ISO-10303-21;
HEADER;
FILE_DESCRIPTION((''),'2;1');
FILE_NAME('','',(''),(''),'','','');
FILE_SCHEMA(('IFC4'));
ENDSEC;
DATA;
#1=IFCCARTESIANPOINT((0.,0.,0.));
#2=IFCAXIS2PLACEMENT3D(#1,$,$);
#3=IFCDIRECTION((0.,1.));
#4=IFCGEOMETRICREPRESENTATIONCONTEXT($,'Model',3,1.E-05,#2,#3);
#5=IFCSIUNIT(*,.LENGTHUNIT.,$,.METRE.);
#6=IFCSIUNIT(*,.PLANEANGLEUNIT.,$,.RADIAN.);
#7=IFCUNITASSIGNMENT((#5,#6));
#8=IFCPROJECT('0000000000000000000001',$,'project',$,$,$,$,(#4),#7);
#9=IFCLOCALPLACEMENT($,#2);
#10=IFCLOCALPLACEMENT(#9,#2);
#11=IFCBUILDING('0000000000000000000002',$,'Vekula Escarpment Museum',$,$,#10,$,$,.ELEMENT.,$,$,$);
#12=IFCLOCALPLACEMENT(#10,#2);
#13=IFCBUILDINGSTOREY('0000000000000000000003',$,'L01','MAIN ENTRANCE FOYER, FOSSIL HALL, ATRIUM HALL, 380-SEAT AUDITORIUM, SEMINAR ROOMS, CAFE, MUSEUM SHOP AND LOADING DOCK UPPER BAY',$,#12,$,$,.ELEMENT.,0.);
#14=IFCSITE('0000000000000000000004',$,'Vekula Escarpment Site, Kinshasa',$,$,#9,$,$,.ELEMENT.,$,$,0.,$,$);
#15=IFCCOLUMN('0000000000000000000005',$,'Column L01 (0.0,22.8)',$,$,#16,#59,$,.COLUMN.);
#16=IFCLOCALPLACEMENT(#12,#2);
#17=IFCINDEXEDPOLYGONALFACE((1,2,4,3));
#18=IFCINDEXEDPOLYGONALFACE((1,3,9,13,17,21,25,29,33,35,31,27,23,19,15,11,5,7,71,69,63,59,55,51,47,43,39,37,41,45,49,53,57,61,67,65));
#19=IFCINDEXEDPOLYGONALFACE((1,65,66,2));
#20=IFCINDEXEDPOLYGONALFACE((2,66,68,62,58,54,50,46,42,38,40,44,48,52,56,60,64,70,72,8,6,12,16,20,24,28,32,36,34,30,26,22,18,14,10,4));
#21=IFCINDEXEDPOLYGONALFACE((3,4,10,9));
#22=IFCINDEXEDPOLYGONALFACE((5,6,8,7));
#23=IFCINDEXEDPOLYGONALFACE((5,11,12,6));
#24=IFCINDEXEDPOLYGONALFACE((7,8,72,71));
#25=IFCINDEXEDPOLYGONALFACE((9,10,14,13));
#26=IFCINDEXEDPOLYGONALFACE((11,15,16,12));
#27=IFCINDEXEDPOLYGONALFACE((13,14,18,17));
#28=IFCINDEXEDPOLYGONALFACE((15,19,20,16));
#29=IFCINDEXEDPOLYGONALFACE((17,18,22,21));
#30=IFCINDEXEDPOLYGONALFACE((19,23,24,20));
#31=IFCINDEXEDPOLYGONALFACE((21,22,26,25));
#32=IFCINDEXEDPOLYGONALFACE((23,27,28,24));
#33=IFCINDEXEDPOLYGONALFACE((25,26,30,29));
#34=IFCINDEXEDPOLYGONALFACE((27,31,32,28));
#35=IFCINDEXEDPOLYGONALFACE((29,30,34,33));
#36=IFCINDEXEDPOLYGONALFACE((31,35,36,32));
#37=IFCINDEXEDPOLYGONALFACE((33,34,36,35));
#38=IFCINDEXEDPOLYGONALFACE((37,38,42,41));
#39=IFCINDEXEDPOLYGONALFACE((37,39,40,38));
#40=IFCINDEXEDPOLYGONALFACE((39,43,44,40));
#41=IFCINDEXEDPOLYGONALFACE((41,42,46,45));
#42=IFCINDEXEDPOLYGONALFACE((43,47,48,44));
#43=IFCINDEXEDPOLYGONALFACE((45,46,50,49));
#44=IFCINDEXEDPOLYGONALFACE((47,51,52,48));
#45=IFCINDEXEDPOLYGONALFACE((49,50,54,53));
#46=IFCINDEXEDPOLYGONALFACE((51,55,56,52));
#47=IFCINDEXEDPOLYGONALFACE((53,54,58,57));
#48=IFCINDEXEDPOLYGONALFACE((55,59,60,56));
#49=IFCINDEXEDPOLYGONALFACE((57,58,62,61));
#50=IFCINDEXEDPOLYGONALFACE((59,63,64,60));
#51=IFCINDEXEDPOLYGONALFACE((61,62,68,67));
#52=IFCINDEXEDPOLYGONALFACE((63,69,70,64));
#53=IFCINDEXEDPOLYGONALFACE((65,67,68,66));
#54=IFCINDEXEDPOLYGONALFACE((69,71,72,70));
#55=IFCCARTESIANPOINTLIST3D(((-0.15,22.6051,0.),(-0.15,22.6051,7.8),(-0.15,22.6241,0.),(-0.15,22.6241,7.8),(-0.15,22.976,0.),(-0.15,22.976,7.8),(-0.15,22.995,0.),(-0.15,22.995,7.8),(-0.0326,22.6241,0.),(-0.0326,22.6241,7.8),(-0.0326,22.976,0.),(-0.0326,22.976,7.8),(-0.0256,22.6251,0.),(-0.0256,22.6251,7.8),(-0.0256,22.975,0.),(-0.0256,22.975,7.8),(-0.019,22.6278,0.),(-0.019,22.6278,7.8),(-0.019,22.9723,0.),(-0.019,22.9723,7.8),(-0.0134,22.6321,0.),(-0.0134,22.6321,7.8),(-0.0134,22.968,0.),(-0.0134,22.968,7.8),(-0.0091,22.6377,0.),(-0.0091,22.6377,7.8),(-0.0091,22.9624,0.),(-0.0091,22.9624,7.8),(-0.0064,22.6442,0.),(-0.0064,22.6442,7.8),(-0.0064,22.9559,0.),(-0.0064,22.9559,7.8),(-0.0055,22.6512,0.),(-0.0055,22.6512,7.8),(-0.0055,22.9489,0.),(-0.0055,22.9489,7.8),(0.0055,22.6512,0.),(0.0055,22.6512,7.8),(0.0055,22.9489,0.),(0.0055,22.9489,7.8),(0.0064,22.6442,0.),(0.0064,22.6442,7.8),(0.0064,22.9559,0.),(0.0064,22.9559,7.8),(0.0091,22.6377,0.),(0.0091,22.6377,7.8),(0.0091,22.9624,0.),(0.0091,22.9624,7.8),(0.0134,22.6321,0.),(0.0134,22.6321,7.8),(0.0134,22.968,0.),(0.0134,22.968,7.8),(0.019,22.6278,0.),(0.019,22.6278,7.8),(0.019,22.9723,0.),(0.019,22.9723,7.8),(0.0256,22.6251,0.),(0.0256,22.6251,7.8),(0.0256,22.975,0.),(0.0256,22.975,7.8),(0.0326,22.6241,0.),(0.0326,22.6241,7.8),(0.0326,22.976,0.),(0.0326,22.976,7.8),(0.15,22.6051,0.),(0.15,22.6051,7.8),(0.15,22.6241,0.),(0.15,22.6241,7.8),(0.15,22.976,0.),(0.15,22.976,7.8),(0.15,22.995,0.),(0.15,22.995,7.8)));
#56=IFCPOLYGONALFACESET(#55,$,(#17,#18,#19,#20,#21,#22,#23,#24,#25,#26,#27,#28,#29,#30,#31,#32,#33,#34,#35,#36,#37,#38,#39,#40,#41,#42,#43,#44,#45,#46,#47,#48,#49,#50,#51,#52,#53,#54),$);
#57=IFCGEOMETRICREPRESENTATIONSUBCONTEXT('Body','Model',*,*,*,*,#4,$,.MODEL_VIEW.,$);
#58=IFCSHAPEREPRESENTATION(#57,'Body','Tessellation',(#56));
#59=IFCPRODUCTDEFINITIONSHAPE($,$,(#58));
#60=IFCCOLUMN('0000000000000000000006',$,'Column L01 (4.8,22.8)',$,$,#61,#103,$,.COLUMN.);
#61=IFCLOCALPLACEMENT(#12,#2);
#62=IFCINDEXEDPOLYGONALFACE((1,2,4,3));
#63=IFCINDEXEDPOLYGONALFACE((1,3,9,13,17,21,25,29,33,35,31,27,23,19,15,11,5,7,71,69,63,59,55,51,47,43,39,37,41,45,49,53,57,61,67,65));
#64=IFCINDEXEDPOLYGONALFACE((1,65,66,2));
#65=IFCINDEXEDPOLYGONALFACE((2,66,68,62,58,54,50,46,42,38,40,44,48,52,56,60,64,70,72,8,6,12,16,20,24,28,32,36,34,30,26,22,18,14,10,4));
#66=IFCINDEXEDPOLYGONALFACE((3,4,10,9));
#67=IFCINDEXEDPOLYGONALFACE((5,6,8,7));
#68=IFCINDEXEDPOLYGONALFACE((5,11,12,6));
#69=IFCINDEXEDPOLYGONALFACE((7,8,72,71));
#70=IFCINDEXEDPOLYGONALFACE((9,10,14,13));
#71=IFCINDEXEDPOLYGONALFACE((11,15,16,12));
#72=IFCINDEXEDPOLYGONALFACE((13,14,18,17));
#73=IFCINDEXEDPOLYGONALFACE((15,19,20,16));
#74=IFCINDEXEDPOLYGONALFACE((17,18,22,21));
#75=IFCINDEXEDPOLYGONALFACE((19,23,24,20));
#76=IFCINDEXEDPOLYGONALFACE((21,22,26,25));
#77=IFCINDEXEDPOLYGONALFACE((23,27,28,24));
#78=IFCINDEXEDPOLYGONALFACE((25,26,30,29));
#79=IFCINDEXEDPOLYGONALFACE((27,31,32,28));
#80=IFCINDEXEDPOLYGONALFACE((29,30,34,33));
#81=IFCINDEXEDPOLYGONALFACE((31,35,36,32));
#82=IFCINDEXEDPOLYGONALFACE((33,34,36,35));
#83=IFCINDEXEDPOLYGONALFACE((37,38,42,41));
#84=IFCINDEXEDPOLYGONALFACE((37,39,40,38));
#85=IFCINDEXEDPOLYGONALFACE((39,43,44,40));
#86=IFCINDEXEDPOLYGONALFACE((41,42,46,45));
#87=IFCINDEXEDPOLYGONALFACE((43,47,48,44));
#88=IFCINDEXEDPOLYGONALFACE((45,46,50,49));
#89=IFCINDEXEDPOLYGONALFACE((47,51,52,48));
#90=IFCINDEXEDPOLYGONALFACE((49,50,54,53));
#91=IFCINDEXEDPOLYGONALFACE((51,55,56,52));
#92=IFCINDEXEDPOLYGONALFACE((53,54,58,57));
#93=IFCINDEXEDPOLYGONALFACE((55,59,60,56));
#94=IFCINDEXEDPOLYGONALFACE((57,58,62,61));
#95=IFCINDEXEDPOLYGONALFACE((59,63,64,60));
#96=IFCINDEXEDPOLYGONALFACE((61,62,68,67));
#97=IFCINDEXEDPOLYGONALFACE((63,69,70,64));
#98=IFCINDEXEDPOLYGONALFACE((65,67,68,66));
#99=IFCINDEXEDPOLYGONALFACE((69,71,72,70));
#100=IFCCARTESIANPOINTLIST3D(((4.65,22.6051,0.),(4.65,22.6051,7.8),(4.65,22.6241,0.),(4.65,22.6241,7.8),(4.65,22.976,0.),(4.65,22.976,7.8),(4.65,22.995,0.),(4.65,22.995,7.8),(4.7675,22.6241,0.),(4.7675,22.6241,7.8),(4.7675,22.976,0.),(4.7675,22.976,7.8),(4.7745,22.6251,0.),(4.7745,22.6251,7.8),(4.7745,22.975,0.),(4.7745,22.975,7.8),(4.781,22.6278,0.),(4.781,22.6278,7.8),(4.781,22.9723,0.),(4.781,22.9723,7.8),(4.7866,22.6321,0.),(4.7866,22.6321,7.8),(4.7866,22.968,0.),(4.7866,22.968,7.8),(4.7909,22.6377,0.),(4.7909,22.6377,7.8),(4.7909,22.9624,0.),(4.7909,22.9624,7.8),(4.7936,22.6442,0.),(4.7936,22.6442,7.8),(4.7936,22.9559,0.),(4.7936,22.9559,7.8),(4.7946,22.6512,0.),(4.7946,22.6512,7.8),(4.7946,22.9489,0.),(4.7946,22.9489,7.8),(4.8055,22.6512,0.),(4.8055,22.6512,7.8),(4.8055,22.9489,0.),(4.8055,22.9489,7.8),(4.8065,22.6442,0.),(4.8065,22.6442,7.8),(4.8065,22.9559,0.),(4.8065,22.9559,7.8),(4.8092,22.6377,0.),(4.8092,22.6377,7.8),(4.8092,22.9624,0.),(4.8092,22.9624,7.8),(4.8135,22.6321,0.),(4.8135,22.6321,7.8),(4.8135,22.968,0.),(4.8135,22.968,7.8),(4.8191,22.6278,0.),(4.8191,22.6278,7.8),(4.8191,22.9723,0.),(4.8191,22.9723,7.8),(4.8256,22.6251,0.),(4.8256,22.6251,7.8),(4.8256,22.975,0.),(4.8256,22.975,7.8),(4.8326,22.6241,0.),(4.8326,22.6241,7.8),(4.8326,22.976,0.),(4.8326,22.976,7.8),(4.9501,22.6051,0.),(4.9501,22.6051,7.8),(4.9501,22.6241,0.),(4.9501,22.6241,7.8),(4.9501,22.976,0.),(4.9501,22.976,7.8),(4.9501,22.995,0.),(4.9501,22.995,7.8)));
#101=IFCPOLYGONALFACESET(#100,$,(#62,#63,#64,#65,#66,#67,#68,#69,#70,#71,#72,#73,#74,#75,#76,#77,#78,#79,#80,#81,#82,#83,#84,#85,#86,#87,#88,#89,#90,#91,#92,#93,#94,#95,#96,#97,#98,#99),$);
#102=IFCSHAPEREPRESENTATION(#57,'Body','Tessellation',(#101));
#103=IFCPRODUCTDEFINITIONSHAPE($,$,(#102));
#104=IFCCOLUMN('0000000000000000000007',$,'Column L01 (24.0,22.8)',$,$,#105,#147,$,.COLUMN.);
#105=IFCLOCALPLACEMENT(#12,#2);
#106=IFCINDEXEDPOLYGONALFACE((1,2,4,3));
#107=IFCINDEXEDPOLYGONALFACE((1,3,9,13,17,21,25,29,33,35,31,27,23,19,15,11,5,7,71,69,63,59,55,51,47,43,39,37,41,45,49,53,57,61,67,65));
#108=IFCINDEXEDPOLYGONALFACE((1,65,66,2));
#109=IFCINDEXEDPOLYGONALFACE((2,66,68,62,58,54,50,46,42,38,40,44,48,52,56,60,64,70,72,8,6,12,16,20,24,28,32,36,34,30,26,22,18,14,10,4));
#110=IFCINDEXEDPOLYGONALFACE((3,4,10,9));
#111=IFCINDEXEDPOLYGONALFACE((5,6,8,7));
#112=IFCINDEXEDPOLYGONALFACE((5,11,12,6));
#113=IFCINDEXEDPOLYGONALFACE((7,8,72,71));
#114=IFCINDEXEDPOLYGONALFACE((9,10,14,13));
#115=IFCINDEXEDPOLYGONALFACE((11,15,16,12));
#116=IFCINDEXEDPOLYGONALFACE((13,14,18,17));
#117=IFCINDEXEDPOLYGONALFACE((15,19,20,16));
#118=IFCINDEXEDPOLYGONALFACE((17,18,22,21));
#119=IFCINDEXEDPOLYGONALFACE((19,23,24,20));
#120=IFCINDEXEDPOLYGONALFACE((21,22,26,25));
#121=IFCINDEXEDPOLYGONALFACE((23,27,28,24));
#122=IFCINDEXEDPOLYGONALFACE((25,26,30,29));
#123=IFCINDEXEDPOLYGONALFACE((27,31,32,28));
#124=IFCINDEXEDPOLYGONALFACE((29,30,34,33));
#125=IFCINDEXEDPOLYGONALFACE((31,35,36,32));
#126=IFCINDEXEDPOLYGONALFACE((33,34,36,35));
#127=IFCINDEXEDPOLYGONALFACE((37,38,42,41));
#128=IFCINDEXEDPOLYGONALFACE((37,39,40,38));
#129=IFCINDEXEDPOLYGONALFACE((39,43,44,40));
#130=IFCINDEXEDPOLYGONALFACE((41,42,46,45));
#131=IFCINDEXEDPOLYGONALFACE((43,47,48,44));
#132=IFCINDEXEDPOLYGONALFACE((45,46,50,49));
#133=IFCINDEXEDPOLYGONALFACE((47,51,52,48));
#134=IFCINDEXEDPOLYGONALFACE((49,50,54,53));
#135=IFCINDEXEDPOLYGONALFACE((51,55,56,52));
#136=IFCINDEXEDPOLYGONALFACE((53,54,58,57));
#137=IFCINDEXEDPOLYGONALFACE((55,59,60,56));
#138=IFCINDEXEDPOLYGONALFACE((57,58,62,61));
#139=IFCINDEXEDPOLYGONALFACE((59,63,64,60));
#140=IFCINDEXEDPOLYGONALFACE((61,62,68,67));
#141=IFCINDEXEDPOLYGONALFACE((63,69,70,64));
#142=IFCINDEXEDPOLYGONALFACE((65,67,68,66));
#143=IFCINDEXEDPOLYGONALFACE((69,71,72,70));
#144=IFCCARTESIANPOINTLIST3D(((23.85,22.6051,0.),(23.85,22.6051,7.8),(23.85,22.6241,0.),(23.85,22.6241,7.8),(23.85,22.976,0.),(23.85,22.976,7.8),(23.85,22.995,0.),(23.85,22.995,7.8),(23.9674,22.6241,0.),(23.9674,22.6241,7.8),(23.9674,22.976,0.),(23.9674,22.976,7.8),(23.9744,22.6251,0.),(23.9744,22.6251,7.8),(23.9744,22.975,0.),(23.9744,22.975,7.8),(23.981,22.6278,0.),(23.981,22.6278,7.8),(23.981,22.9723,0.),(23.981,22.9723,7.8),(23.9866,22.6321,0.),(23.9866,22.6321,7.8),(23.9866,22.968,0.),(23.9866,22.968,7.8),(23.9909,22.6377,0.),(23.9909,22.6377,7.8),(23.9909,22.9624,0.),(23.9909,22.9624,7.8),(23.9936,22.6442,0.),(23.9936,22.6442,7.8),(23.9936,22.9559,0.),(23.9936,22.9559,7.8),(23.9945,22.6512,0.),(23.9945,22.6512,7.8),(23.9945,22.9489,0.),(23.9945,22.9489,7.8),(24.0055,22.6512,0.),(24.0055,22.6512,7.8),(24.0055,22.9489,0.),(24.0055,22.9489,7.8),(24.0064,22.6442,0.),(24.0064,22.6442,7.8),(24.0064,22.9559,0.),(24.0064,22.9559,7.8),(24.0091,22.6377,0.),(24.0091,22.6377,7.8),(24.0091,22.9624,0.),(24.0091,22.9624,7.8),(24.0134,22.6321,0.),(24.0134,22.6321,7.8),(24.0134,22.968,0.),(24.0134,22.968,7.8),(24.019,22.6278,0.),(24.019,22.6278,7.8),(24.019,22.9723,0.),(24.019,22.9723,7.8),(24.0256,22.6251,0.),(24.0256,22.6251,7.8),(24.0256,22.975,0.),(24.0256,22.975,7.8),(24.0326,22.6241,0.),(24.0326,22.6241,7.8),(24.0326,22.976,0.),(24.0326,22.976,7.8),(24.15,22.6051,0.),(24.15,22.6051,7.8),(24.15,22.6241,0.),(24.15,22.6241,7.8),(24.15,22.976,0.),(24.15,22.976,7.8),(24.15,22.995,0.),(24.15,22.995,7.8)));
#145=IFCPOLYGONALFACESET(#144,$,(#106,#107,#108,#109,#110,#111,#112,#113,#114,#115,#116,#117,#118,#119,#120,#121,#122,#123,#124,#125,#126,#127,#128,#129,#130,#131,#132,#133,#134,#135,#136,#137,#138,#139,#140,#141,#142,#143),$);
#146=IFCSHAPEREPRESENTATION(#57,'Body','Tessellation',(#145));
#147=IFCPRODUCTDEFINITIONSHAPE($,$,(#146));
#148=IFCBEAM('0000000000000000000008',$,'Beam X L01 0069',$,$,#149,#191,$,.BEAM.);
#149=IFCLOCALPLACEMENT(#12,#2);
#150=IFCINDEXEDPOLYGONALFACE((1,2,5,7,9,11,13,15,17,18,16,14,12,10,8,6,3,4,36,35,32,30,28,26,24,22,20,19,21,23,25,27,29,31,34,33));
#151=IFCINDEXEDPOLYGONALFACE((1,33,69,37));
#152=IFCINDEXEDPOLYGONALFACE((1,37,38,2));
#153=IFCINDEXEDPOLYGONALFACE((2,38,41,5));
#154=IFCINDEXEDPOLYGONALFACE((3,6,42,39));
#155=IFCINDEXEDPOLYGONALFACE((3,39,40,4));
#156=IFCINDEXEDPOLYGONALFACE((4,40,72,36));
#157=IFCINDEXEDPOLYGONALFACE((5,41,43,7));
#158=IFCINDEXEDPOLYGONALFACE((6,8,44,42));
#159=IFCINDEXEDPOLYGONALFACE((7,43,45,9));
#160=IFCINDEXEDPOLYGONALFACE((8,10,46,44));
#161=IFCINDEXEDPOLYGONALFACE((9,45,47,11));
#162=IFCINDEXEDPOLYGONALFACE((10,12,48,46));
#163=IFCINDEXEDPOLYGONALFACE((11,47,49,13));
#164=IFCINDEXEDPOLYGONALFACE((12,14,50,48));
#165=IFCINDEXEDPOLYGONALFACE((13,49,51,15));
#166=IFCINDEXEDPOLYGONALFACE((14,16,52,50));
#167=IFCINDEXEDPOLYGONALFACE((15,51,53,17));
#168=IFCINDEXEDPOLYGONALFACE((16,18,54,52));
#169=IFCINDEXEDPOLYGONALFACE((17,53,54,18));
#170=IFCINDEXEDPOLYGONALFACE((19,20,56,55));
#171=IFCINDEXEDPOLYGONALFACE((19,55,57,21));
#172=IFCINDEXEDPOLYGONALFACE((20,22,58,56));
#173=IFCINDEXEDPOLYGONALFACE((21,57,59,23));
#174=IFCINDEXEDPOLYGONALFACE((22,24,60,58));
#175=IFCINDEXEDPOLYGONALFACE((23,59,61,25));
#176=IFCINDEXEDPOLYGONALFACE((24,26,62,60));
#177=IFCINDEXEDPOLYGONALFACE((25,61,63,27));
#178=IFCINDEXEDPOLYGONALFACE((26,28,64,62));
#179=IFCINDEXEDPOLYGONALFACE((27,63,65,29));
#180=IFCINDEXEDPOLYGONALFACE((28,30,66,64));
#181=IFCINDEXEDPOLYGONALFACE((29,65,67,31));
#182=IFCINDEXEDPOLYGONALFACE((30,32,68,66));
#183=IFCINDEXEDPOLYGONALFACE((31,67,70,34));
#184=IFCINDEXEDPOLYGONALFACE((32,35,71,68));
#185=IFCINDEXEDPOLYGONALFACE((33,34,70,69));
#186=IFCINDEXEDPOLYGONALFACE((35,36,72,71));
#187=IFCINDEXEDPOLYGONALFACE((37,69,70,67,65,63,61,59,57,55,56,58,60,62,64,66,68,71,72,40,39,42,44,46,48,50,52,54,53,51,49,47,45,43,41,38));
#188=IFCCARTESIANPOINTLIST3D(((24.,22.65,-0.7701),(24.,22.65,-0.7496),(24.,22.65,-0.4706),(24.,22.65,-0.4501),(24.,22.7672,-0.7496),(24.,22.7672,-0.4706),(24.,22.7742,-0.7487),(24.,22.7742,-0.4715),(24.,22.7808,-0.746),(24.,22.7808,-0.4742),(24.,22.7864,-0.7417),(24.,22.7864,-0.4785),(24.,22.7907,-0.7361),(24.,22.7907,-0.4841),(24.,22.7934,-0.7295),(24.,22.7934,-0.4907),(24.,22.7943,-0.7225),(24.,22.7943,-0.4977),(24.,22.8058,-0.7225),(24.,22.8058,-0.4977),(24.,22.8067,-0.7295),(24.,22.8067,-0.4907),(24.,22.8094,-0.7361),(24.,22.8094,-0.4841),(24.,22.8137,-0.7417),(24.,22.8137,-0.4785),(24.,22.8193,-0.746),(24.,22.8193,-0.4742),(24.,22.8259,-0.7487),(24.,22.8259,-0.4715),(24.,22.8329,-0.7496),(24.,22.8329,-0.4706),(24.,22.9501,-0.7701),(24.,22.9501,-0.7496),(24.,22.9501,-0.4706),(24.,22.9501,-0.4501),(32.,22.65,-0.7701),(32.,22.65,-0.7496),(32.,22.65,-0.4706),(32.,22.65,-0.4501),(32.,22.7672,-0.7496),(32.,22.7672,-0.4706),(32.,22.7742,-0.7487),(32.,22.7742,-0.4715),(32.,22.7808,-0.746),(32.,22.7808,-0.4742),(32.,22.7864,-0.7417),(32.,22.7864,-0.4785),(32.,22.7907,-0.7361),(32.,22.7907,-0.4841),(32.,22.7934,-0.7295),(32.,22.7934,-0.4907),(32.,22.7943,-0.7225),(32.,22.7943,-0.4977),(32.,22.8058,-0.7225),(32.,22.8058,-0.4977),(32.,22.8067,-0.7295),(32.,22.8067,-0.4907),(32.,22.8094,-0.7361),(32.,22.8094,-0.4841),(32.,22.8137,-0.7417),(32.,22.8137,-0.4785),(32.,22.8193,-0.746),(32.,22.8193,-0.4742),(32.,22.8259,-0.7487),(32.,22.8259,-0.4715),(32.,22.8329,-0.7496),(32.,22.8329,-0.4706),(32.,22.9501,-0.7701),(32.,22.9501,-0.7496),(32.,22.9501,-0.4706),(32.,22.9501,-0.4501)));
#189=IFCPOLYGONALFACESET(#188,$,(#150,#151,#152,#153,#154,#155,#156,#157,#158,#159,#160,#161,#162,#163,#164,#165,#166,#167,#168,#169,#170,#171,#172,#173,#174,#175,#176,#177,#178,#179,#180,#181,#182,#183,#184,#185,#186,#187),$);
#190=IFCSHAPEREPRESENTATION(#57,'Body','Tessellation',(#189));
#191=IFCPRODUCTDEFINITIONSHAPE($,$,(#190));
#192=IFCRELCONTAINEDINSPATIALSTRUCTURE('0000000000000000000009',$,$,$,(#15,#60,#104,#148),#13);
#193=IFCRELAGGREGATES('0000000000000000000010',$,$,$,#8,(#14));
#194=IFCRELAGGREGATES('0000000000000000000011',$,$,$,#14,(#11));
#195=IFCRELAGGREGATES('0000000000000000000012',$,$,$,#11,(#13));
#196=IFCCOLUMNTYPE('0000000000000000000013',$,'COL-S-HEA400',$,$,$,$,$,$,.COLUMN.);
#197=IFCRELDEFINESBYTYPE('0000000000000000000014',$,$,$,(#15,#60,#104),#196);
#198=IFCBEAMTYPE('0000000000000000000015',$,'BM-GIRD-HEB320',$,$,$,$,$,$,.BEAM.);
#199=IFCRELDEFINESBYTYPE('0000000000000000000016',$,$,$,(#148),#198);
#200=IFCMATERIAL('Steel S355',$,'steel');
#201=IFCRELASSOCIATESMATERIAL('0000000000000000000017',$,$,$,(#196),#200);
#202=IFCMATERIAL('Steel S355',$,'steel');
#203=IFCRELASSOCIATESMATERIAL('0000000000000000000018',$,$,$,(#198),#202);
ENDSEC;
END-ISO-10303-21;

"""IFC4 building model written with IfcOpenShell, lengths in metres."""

from ifc_helpers import new_model, si_unit, direction, frame, origin, origin_2d, place, context, subcontext, project, spatial, i_section, extrude, material, material_profile, profile_set, type_object, element, save


model = new_model("IFC4")

# Units and contexts
model_context = context("Model", 3, precision=1e-05, world=origin(), true_north=direction((0.0, 1.0)))
body_context = subcontext(model_context, "Body", "Model", "MODEL_VIEW")
ifc_project = project(units=[si_unit("LENGTHUNIT", "METRE"), si_unit("PLANEANGLEUNIT", "RADIAN")], contexts=[model_context])

# Site, building, storey
site_placement = place(None, origin())
site = spatial("IfcSite", under=ifc_project, at=site_placement, Name="Vekula Escarpment Site, Kinshasa", CompositionType="ELEMENT", RefElevation=0.0)
building_placement = place(site_placement, origin())
building = spatial("IfcBuilding", under=site, at=building_placement, Name="Vekula Escarpment Museum", CompositionType="ELEMENT")
storey_placement = place(building_placement, origin())
storey = spatial("IfcBuildingStorey", under=building, at=storey_placement, Name="L01", Description="MAIN ENTRANCE FOYER, FOSSIL HALL, ATRIUM HALL, 380-SEAT AUDITORIUM, SEMINAR ROOMS, CAFE, MUSEUM SHOP AND LOADING DOCK UPPER BAY", CompositionType="ELEMENT", Elevation=0.0)

# Columns
ifc_material_1 = material(Name="Steel S355", Category="steel")
ifc_material_profile_1 = material_profile(ifc_material_1, i_section(OverallWidth=0.3, OverallDepth=0.3899, WebThickness=0.011, FlangeThickness=0.019, FilletRadius=0.0271, at=origin_2d()), Name="HEA 400")
ifc_profile_set_1 = profile_set([ifc_material_profile_1], Name="Steel S355")
column_type_1 = type_object("IfcColumnType", Name="COL-S-HEA400", PredefinedType="COLUMN", material=ifc_profile_set_1)
for number, where, z_axis, x_axis, name in (
    (1, (0.0, 22.8, 0.0), (0.0, 0.0, 1.0), (1.0, 0.0, 0.0), "Column L01 (0.0,22.8)"),
    (2, (4.8, 22.8, 0.0), (0.0, 0.0, 1.0), (1.0, 0.0, 0.0), "Column L01 (4.8,22.8)"),
    (3, (24.0, 22.8, 0.0), (0.0, 0.0, 1.0), (1.0, 0.0, 0.0), "Column L01 (24.0,22.8)"),
):
    element("IfcColumn", number, at=place(storey_placement, frame(where, z_axis=z_axis, x_axis=x_axis)), inside=storey, type_object=column_type_1, Name=name, PredefinedType="COLUMN", context=body_context, shape_type="SweptSolid", body=[
        extrude(i_section(OverallWidth=0.3, OverallDepth=0.3899, WebThickness=0.011, FlangeThickness=0.019, FilletRadius=0.0271, at=origin_2d()), origin(), (0.0, 0.0, 1.0), 7.8),
    ])

# Beam
ifc_material_2 = material(Name="Steel S355", Category="steel")
ifc_material_profile_2 = material_profile(ifc_material_2, i_section(OverallWidth=0.3, OverallDepth=0.3201, WebThickness=0.0115, FlangeThickness=0.0205, FilletRadius=0.0271, at=origin_2d()), Name="HEB 320")
ifc_profile_set_2 = profile_set([ifc_material_profile_2], Name="Steel S355")
beam_type_1 = type_object("IfcBeamType", Name="BM-GIRD-HEB320", PredefinedType="BEAM", material=ifc_profile_set_2)
beam_1_placement = place(storey_placement, frame((24.0, 22.8, -0.6101), z_axis=(1.0, 0.0, 0.0), x_axis=(0.0, 1.0, 0.0)))
element("IfcBeam", 4, at=beam_1_placement, inside=storey, type_object=beam_type_1, Name="Beam X L01 0069", PredefinedType="BEAM", context=body_context, shape_type="SweptSolid", body=[
    extrude(i_section(OverallWidth=0.3, OverallDepth=0.3201, WebThickness=0.0115, FlangeThickness=0.0205, FilletRadius=0.0271, at=origin_2d()), origin(), (0.0, 0.0, 1.0), 8.0),
])

save(model, "model.ifc")
